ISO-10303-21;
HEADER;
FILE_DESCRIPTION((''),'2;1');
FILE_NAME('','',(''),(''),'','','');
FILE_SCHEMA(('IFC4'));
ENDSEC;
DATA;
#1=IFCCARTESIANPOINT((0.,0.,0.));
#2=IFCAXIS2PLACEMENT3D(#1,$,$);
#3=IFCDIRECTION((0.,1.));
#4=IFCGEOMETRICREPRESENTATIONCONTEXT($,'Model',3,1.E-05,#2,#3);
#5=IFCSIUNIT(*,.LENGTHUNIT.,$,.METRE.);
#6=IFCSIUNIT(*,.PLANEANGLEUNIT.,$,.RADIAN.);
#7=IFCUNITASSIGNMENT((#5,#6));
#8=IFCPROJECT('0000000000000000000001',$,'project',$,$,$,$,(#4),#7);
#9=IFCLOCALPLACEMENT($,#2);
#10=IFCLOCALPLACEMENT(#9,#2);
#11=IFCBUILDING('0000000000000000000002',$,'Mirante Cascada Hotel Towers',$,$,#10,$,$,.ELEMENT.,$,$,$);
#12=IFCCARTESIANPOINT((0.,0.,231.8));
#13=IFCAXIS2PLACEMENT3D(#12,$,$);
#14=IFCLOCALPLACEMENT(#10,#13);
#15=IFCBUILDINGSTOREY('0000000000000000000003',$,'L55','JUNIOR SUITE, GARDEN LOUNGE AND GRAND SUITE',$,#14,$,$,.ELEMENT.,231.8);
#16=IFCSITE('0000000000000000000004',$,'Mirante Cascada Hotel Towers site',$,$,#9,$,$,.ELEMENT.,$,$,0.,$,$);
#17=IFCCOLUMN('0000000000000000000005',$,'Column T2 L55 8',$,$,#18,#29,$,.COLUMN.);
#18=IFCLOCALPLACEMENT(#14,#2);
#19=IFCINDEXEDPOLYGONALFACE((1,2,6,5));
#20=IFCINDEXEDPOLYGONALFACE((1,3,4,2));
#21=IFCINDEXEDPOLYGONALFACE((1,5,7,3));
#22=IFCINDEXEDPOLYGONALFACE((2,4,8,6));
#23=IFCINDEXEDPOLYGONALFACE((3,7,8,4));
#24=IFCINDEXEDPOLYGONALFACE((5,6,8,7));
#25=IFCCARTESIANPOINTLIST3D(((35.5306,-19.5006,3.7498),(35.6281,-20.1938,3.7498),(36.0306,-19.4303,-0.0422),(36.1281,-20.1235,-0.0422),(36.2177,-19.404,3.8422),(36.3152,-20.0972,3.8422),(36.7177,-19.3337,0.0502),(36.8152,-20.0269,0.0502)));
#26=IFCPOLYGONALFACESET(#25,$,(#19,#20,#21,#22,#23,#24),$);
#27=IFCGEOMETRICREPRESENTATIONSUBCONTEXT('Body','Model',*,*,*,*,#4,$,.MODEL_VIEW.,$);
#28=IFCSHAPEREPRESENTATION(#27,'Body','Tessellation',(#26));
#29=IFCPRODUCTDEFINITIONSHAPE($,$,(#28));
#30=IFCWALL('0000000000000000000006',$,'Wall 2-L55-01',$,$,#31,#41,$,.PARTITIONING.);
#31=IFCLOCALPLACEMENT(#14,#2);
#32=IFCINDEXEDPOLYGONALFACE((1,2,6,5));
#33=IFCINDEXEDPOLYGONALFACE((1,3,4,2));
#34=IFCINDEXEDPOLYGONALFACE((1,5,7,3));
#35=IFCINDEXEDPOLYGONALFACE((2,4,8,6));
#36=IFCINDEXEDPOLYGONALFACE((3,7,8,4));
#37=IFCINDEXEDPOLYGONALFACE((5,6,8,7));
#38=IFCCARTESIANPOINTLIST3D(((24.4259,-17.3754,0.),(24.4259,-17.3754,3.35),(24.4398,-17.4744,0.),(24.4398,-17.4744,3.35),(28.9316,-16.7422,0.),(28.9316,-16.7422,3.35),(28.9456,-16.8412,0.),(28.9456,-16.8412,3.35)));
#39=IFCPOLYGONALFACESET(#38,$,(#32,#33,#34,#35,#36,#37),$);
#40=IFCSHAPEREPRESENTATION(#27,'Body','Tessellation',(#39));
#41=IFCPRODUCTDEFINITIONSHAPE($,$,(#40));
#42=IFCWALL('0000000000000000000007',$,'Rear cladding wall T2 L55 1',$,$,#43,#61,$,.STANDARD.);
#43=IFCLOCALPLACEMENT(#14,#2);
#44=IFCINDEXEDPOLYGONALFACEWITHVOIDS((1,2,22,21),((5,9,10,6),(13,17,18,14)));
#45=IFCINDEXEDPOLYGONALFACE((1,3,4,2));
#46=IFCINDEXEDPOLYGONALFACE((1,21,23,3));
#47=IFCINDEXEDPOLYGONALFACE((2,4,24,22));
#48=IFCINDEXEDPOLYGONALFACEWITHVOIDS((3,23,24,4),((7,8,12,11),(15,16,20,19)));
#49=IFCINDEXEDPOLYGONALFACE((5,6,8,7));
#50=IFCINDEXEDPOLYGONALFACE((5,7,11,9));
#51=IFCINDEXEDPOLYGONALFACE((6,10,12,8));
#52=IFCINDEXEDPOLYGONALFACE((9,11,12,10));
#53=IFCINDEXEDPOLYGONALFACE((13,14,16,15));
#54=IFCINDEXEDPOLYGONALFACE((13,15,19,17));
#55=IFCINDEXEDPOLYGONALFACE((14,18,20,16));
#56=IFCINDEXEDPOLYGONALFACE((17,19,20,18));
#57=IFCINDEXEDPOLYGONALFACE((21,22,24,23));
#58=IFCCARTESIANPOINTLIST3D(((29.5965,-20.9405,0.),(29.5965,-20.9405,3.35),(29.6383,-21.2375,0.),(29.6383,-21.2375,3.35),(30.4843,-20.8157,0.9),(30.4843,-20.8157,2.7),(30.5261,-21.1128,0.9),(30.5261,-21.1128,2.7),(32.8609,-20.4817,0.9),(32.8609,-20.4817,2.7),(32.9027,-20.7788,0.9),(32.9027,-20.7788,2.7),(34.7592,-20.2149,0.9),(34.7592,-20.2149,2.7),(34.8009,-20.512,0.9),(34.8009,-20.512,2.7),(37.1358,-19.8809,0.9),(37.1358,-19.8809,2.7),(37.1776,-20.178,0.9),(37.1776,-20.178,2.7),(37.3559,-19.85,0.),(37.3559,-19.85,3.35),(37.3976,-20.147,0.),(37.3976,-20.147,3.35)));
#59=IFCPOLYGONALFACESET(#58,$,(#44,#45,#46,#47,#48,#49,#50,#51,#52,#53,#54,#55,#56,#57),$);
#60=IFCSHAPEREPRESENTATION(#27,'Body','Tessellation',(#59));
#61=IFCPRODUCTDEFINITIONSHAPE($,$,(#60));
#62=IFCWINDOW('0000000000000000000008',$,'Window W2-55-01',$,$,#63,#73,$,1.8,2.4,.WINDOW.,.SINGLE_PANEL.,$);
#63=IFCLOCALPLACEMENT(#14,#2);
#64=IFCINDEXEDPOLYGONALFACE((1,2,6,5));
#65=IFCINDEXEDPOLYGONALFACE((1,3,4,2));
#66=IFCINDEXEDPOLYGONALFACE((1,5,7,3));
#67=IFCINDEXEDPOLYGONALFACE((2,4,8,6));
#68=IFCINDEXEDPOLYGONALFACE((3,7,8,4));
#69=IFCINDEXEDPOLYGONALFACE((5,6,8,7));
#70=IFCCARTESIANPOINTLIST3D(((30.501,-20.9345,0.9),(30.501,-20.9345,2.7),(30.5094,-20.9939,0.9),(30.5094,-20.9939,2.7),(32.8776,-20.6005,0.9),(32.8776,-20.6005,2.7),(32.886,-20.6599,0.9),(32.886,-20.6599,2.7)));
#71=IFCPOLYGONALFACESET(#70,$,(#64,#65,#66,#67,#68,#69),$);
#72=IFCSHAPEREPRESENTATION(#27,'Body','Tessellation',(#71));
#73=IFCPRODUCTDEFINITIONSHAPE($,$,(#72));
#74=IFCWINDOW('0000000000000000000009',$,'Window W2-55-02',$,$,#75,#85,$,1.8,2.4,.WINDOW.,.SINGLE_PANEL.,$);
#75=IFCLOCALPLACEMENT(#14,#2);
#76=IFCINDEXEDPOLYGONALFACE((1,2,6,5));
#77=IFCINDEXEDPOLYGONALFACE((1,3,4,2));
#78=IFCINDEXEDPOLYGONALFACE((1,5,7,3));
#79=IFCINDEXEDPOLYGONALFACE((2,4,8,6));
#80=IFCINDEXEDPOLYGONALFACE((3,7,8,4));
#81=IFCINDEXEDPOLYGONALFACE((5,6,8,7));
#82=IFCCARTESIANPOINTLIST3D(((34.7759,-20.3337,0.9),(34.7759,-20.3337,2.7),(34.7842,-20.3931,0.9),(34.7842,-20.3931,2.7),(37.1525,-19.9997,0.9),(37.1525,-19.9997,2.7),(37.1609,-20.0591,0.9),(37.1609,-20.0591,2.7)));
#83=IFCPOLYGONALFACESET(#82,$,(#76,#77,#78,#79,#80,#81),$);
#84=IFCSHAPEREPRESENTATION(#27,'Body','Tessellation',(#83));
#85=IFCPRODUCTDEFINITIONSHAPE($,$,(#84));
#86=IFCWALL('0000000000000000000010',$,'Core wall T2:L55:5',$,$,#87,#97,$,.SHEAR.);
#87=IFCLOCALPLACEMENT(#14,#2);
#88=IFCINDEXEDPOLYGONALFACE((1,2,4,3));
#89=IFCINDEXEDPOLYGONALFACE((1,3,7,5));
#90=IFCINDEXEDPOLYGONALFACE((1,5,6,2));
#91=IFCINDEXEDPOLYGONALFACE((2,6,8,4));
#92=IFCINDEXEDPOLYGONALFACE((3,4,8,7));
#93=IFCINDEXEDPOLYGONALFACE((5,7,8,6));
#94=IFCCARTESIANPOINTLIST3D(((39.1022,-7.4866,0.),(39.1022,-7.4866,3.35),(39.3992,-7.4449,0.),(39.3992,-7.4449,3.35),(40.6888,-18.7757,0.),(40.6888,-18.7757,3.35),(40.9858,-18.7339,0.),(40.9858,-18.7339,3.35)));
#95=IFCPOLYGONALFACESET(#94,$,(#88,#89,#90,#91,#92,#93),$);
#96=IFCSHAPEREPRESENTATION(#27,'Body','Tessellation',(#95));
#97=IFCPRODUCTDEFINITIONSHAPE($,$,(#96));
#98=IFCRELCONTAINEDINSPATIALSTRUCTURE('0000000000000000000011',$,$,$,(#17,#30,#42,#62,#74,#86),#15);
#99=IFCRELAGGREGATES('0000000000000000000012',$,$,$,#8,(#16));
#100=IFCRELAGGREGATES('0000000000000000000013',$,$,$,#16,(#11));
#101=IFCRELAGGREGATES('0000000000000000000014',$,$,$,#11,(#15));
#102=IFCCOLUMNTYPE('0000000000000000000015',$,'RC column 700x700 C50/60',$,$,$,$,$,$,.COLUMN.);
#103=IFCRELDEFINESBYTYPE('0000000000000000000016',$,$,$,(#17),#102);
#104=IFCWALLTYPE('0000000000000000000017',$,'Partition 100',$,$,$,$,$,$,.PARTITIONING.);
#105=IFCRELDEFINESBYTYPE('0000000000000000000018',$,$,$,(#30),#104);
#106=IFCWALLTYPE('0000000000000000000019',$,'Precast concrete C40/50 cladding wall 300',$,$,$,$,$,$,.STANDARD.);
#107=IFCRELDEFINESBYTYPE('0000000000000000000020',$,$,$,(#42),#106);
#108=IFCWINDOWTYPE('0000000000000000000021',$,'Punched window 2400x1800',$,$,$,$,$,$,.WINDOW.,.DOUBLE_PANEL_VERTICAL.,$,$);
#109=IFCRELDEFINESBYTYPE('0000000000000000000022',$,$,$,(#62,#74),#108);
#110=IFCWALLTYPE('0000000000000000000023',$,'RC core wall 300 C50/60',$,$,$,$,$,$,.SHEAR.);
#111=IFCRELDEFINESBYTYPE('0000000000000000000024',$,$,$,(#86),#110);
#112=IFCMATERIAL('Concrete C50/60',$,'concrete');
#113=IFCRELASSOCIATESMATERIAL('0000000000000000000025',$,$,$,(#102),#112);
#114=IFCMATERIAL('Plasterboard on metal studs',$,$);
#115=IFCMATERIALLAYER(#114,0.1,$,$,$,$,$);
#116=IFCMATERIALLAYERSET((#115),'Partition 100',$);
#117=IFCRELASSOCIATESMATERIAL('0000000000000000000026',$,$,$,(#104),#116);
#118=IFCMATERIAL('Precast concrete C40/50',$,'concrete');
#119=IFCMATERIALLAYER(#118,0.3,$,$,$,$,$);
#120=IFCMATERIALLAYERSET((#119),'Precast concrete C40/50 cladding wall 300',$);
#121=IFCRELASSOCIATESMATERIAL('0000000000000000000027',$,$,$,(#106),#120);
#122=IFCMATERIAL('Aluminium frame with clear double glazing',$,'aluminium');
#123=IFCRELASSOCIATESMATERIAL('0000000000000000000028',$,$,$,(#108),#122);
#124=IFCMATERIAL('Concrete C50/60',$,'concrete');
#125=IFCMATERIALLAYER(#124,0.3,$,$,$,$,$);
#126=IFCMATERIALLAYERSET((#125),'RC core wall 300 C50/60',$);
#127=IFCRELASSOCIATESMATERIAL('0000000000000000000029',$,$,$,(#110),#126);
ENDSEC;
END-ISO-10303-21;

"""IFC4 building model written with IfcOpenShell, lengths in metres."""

from ifc_helpers import new_model, si_unit, direction, frame, frame_2d, origin, origin_2d, place, context, subcontext, project, spatial, rectangle, extrude, material, layer, layer_set, material_profile, profile_set, type_object, element, fill, save


model = new_model("IFC4")

# Units and contexts
model_context = context("Model", 3, precision=1e-05, world=origin(), true_north=direction((0.0, 1.0)))
body_context = subcontext(model_context, "Body", "Model", "MODEL_VIEW")
ifc_project = project(units=[si_unit("LENGTHUNIT", "METRE"), si_unit("PLANEANGLEUNIT", "RADIAN")], contexts=[model_context])

# Site, building, storey
site_placement = place(None, origin())
site = spatial("IfcSite", under=ifc_project, at=site_placement, Name="Mirante Cascada Hotel Towers site", CompositionType="ELEMENT", RefElevation=0.0)
building_placement = place(site_placement, origin())
building = spatial("IfcBuilding", under=site, at=building_placement, Name="Mirante Cascada Hotel Towers", CompositionType="ELEMENT")
storey_placement = place(building_placement, frame((0.0, 0.0, 231.8)))
storey = spatial("IfcBuildingStorey", under=building, at=storey_placement, Name="L55", Description="JUNIOR SUITE, GARDEN LOUNGE AND GRAND SUITE", CompositionType="ELEMENT", Elevation=231.8)

# Column
ifc_material_1 = material(Name="Concrete C50/60", Category="concrete")
ifc_material_profile = material_profile(ifc_material_1, rectangle(XDim=0.7, YDim=0.7, at=origin_2d()), Name="RC column 700x700 C50/60")
ifc_profile_set = profile_set([ifc_material_profile], Name="Concrete C50/60")
column_type = type_object("IfcColumnType", Name="RC column 700x700 C50/60", PredefinedType="COLUMN", material=ifc_profile_set)
column_placement = place(storey_placement, frame((36.4229, -19.7286, 0.004), z_axis=(-0.130703, -0.018377, 0.991251), x_axis=(0.139231, -0.99026, 0.0)))
element("IfcColumn", 1, at=column_placement, inside=storey, type_object=column_type, Name="Column T2 L55 8", PredefinedType="COLUMN", context=body_context, shape_type="SweptSolid", body=[
    extrude(rectangle(XDim=0.7, YDim=0.7, at=origin_2d()), origin(), (0.0, 0.0, 1.0), 3.8255),
])

# Wall
ifc_material_2 = material(Name="Plasterboard on metal studs")
ifc_layer_1 = layer(ifc_material_2, 0.1)
ifc_layer_set_1 = layer_set([ifc_layer_1], Name="Partition 100")
wall_type_1 = type_object("IfcWallType", Name="Partition 100", PredefinedType="PARTITIONING", material=ifc_layer_set_1)
wall_1_placement = place(storey_placement, frame((28.9386, -16.7917, 0.0), z_axis=(0.0, 0.0, 1.0), x_axis=(-0.990269, -0.139166, 0.0)))
element("IfcWall", 2, at=wall_1_placement, inside=storey, type_object=wall_type_1, Name="Wall 2-L55-01", PredefinedType="PARTITIONING", context=body_context, shape_type="SweptSolid", body=[
    extrude(rectangle(XDim=4.55, YDim=0.1, at=frame_2d((2.275, 0.0))), origin(), (0.0, 0.0, 1.0), 3.35),
])

# Wall, openings, windows
ifc_material_3 = material(Name="Precast concrete C40/50", Category="concrete")
ifc_layer_2 = layer(ifc_material_3, 0.3)
ifc_layer_set_2 = layer_set([ifc_layer_2], Name="Precast concrete C40/50 cladding wall 300")
wall_type_2 = type_object("IfcWallType", Name="Precast concrete C40/50 cladding wall 300", PredefinedType="STANDARD", material=ifc_layer_set_2)
wall_2_placement = place(storey_placement, frame((29.6174, -21.089, 0.0), z_axis=(0.0, 0.0, 1.0), x_axis=(0.990268, 0.139173, 0.0)))
wall_2 = element("IfcWall", 3, at=wall_2_placement, inside=storey, type_object=wall_type_2, Name="Rear cladding wall T2 L55 1", PredefinedType="STANDARD", context=body_context, shape_type="SweptSolid", body=[
    extrude(rectangle(XDim=7.8356, YDim=0.3, at=frame_2d((3.9178, 0.0))), origin(), (0.0, 0.0, 1.0), 3.35),
])
opening_1_placement = place(wall_2_placement, frame((0.8965, 0.0, 0.9)))
opening_1 = element("IfcOpeningElement", 4, at=opening_1_placement, cuts=wall_2, PredefinedType="OPENING", context=body_context, shape_type="SweptSolid", body=[
    extrude(rectangle(XDim=2.4, YDim=1.8, at=frame_2d((1.2, 0.9))), frame((0.0, 0.15, 0.0), z_axis=(0.0, -1.0, 0.0), x_axis=(1.0, 0.0, 0.0)), (0.0, 0.0, 1.0), 0.3),
])
opening_2_placement = place(wall_2_placement, frame((5.2134, 0.0, 0.9)))
opening_2 = element("IfcOpeningElement", 5, at=opening_2_placement, cuts=wall_2, PredefinedType="OPENING", context=body_context, shape_type="SweptSolid", body=[
    extrude(rectangle(XDim=2.4, YDim=1.8, at=frame_2d((1.2, 0.9))), frame((0.0, 0.15, 0.0), z_axis=(0.0, -1.0, 0.0), x_axis=(1.0, 0.0, 0.0)), (0.0, 0.0, 1.0), 0.3),
])
ifc_material_4 = material(Name="Aluminium frame with clear double glazing", Category="aluminium")
window_type = type_object("IfcWindowType", Name="Punched window 2400x1800", PartitioningType="DOUBLE_PANEL_VERTICAL", PredefinedType="WINDOW", material=ifc_material_4)
window_1_placement = place(opening_1_placement, origin())
window_1 = element("IfcWindow", 6, at=window_1_placement, inside=storey, type_object=window_type, Name="Window W2-55-01", OverallHeight=1.8, OverallWidth=2.4, PartitioningType="SINGLE_PANEL", PredefinedType="WINDOW", context=body_context, shape_type="SweptSolid", body=[
    extrude(rectangle(XDim=2.4, YDim=1.8, at=frame_2d((1.2, 0.9))), frame((0.0, 0.03, 0.0), z_axis=(0.0, -1.0, 0.0), x_axis=(1.0, 0.0, 0.0)), (0.0, 0.0, 1.0), 0.06),
])
fill(opening_1, window_1)
window_2_placement = place(opening_2_placement, origin())
window_2 = element("IfcWindow", 7, at=window_2_placement, inside=storey, type_object=window_type, Name="Window W2-55-02", OverallHeight=1.8, OverallWidth=2.4, PartitioningType="SINGLE_PANEL", PredefinedType="WINDOW", context=body_context, shape_type="SweptSolid", body=[
    extrude(rectangle(XDim=2.4, YDim=1.8, at=frame_2d((1.2, 0.9))), frame((0.0, 0.03, 0.0), z_axis=(0.0, -1.0, 0.0), x_axis=(1.0, 0.0, 0.0)), (0.0, 0.0, 1.0), 0.06),
])
fill(opening_2, window_2)

# Wall
ifc_material_5 = material(Name="Concrete C50/60", Category="concrete")
ifc_layer_3 = layer(ifc_material_5, 0.3)
ifc_layer_set_3 = layer_set([ifc_layer_3], Name="RC core wall 300 C50/60")
wall_type_3 = type_object("IfcWallType", Name="RC core wall 300 C50/60", PredefinedType="SHEAR", material=ifc_layer_set_3)
wall_3_placement = place(storey_placement, frame((40.8373, -18.7548, 0.0), z_axis=(0.0, 0.0, 1.0), x_axis=(-0.139175, 0.990268, 0.0)))
element("IfcWall", 8, at=wall_3_placement, inside=storey, type_object=wall_type_3, Name="Core wall T2:L55:5", PredefinedType="SHEAR", context=body_context, shape_type="SweptSolid", body=[
    extrude(rectangle(XDim=11.4, YDim=0.3, at=frame_2d((5.7, 0.0))), origin(), (0.0, 0.0, 1.0), 3.35),
])

save(model, "model.ifc")
